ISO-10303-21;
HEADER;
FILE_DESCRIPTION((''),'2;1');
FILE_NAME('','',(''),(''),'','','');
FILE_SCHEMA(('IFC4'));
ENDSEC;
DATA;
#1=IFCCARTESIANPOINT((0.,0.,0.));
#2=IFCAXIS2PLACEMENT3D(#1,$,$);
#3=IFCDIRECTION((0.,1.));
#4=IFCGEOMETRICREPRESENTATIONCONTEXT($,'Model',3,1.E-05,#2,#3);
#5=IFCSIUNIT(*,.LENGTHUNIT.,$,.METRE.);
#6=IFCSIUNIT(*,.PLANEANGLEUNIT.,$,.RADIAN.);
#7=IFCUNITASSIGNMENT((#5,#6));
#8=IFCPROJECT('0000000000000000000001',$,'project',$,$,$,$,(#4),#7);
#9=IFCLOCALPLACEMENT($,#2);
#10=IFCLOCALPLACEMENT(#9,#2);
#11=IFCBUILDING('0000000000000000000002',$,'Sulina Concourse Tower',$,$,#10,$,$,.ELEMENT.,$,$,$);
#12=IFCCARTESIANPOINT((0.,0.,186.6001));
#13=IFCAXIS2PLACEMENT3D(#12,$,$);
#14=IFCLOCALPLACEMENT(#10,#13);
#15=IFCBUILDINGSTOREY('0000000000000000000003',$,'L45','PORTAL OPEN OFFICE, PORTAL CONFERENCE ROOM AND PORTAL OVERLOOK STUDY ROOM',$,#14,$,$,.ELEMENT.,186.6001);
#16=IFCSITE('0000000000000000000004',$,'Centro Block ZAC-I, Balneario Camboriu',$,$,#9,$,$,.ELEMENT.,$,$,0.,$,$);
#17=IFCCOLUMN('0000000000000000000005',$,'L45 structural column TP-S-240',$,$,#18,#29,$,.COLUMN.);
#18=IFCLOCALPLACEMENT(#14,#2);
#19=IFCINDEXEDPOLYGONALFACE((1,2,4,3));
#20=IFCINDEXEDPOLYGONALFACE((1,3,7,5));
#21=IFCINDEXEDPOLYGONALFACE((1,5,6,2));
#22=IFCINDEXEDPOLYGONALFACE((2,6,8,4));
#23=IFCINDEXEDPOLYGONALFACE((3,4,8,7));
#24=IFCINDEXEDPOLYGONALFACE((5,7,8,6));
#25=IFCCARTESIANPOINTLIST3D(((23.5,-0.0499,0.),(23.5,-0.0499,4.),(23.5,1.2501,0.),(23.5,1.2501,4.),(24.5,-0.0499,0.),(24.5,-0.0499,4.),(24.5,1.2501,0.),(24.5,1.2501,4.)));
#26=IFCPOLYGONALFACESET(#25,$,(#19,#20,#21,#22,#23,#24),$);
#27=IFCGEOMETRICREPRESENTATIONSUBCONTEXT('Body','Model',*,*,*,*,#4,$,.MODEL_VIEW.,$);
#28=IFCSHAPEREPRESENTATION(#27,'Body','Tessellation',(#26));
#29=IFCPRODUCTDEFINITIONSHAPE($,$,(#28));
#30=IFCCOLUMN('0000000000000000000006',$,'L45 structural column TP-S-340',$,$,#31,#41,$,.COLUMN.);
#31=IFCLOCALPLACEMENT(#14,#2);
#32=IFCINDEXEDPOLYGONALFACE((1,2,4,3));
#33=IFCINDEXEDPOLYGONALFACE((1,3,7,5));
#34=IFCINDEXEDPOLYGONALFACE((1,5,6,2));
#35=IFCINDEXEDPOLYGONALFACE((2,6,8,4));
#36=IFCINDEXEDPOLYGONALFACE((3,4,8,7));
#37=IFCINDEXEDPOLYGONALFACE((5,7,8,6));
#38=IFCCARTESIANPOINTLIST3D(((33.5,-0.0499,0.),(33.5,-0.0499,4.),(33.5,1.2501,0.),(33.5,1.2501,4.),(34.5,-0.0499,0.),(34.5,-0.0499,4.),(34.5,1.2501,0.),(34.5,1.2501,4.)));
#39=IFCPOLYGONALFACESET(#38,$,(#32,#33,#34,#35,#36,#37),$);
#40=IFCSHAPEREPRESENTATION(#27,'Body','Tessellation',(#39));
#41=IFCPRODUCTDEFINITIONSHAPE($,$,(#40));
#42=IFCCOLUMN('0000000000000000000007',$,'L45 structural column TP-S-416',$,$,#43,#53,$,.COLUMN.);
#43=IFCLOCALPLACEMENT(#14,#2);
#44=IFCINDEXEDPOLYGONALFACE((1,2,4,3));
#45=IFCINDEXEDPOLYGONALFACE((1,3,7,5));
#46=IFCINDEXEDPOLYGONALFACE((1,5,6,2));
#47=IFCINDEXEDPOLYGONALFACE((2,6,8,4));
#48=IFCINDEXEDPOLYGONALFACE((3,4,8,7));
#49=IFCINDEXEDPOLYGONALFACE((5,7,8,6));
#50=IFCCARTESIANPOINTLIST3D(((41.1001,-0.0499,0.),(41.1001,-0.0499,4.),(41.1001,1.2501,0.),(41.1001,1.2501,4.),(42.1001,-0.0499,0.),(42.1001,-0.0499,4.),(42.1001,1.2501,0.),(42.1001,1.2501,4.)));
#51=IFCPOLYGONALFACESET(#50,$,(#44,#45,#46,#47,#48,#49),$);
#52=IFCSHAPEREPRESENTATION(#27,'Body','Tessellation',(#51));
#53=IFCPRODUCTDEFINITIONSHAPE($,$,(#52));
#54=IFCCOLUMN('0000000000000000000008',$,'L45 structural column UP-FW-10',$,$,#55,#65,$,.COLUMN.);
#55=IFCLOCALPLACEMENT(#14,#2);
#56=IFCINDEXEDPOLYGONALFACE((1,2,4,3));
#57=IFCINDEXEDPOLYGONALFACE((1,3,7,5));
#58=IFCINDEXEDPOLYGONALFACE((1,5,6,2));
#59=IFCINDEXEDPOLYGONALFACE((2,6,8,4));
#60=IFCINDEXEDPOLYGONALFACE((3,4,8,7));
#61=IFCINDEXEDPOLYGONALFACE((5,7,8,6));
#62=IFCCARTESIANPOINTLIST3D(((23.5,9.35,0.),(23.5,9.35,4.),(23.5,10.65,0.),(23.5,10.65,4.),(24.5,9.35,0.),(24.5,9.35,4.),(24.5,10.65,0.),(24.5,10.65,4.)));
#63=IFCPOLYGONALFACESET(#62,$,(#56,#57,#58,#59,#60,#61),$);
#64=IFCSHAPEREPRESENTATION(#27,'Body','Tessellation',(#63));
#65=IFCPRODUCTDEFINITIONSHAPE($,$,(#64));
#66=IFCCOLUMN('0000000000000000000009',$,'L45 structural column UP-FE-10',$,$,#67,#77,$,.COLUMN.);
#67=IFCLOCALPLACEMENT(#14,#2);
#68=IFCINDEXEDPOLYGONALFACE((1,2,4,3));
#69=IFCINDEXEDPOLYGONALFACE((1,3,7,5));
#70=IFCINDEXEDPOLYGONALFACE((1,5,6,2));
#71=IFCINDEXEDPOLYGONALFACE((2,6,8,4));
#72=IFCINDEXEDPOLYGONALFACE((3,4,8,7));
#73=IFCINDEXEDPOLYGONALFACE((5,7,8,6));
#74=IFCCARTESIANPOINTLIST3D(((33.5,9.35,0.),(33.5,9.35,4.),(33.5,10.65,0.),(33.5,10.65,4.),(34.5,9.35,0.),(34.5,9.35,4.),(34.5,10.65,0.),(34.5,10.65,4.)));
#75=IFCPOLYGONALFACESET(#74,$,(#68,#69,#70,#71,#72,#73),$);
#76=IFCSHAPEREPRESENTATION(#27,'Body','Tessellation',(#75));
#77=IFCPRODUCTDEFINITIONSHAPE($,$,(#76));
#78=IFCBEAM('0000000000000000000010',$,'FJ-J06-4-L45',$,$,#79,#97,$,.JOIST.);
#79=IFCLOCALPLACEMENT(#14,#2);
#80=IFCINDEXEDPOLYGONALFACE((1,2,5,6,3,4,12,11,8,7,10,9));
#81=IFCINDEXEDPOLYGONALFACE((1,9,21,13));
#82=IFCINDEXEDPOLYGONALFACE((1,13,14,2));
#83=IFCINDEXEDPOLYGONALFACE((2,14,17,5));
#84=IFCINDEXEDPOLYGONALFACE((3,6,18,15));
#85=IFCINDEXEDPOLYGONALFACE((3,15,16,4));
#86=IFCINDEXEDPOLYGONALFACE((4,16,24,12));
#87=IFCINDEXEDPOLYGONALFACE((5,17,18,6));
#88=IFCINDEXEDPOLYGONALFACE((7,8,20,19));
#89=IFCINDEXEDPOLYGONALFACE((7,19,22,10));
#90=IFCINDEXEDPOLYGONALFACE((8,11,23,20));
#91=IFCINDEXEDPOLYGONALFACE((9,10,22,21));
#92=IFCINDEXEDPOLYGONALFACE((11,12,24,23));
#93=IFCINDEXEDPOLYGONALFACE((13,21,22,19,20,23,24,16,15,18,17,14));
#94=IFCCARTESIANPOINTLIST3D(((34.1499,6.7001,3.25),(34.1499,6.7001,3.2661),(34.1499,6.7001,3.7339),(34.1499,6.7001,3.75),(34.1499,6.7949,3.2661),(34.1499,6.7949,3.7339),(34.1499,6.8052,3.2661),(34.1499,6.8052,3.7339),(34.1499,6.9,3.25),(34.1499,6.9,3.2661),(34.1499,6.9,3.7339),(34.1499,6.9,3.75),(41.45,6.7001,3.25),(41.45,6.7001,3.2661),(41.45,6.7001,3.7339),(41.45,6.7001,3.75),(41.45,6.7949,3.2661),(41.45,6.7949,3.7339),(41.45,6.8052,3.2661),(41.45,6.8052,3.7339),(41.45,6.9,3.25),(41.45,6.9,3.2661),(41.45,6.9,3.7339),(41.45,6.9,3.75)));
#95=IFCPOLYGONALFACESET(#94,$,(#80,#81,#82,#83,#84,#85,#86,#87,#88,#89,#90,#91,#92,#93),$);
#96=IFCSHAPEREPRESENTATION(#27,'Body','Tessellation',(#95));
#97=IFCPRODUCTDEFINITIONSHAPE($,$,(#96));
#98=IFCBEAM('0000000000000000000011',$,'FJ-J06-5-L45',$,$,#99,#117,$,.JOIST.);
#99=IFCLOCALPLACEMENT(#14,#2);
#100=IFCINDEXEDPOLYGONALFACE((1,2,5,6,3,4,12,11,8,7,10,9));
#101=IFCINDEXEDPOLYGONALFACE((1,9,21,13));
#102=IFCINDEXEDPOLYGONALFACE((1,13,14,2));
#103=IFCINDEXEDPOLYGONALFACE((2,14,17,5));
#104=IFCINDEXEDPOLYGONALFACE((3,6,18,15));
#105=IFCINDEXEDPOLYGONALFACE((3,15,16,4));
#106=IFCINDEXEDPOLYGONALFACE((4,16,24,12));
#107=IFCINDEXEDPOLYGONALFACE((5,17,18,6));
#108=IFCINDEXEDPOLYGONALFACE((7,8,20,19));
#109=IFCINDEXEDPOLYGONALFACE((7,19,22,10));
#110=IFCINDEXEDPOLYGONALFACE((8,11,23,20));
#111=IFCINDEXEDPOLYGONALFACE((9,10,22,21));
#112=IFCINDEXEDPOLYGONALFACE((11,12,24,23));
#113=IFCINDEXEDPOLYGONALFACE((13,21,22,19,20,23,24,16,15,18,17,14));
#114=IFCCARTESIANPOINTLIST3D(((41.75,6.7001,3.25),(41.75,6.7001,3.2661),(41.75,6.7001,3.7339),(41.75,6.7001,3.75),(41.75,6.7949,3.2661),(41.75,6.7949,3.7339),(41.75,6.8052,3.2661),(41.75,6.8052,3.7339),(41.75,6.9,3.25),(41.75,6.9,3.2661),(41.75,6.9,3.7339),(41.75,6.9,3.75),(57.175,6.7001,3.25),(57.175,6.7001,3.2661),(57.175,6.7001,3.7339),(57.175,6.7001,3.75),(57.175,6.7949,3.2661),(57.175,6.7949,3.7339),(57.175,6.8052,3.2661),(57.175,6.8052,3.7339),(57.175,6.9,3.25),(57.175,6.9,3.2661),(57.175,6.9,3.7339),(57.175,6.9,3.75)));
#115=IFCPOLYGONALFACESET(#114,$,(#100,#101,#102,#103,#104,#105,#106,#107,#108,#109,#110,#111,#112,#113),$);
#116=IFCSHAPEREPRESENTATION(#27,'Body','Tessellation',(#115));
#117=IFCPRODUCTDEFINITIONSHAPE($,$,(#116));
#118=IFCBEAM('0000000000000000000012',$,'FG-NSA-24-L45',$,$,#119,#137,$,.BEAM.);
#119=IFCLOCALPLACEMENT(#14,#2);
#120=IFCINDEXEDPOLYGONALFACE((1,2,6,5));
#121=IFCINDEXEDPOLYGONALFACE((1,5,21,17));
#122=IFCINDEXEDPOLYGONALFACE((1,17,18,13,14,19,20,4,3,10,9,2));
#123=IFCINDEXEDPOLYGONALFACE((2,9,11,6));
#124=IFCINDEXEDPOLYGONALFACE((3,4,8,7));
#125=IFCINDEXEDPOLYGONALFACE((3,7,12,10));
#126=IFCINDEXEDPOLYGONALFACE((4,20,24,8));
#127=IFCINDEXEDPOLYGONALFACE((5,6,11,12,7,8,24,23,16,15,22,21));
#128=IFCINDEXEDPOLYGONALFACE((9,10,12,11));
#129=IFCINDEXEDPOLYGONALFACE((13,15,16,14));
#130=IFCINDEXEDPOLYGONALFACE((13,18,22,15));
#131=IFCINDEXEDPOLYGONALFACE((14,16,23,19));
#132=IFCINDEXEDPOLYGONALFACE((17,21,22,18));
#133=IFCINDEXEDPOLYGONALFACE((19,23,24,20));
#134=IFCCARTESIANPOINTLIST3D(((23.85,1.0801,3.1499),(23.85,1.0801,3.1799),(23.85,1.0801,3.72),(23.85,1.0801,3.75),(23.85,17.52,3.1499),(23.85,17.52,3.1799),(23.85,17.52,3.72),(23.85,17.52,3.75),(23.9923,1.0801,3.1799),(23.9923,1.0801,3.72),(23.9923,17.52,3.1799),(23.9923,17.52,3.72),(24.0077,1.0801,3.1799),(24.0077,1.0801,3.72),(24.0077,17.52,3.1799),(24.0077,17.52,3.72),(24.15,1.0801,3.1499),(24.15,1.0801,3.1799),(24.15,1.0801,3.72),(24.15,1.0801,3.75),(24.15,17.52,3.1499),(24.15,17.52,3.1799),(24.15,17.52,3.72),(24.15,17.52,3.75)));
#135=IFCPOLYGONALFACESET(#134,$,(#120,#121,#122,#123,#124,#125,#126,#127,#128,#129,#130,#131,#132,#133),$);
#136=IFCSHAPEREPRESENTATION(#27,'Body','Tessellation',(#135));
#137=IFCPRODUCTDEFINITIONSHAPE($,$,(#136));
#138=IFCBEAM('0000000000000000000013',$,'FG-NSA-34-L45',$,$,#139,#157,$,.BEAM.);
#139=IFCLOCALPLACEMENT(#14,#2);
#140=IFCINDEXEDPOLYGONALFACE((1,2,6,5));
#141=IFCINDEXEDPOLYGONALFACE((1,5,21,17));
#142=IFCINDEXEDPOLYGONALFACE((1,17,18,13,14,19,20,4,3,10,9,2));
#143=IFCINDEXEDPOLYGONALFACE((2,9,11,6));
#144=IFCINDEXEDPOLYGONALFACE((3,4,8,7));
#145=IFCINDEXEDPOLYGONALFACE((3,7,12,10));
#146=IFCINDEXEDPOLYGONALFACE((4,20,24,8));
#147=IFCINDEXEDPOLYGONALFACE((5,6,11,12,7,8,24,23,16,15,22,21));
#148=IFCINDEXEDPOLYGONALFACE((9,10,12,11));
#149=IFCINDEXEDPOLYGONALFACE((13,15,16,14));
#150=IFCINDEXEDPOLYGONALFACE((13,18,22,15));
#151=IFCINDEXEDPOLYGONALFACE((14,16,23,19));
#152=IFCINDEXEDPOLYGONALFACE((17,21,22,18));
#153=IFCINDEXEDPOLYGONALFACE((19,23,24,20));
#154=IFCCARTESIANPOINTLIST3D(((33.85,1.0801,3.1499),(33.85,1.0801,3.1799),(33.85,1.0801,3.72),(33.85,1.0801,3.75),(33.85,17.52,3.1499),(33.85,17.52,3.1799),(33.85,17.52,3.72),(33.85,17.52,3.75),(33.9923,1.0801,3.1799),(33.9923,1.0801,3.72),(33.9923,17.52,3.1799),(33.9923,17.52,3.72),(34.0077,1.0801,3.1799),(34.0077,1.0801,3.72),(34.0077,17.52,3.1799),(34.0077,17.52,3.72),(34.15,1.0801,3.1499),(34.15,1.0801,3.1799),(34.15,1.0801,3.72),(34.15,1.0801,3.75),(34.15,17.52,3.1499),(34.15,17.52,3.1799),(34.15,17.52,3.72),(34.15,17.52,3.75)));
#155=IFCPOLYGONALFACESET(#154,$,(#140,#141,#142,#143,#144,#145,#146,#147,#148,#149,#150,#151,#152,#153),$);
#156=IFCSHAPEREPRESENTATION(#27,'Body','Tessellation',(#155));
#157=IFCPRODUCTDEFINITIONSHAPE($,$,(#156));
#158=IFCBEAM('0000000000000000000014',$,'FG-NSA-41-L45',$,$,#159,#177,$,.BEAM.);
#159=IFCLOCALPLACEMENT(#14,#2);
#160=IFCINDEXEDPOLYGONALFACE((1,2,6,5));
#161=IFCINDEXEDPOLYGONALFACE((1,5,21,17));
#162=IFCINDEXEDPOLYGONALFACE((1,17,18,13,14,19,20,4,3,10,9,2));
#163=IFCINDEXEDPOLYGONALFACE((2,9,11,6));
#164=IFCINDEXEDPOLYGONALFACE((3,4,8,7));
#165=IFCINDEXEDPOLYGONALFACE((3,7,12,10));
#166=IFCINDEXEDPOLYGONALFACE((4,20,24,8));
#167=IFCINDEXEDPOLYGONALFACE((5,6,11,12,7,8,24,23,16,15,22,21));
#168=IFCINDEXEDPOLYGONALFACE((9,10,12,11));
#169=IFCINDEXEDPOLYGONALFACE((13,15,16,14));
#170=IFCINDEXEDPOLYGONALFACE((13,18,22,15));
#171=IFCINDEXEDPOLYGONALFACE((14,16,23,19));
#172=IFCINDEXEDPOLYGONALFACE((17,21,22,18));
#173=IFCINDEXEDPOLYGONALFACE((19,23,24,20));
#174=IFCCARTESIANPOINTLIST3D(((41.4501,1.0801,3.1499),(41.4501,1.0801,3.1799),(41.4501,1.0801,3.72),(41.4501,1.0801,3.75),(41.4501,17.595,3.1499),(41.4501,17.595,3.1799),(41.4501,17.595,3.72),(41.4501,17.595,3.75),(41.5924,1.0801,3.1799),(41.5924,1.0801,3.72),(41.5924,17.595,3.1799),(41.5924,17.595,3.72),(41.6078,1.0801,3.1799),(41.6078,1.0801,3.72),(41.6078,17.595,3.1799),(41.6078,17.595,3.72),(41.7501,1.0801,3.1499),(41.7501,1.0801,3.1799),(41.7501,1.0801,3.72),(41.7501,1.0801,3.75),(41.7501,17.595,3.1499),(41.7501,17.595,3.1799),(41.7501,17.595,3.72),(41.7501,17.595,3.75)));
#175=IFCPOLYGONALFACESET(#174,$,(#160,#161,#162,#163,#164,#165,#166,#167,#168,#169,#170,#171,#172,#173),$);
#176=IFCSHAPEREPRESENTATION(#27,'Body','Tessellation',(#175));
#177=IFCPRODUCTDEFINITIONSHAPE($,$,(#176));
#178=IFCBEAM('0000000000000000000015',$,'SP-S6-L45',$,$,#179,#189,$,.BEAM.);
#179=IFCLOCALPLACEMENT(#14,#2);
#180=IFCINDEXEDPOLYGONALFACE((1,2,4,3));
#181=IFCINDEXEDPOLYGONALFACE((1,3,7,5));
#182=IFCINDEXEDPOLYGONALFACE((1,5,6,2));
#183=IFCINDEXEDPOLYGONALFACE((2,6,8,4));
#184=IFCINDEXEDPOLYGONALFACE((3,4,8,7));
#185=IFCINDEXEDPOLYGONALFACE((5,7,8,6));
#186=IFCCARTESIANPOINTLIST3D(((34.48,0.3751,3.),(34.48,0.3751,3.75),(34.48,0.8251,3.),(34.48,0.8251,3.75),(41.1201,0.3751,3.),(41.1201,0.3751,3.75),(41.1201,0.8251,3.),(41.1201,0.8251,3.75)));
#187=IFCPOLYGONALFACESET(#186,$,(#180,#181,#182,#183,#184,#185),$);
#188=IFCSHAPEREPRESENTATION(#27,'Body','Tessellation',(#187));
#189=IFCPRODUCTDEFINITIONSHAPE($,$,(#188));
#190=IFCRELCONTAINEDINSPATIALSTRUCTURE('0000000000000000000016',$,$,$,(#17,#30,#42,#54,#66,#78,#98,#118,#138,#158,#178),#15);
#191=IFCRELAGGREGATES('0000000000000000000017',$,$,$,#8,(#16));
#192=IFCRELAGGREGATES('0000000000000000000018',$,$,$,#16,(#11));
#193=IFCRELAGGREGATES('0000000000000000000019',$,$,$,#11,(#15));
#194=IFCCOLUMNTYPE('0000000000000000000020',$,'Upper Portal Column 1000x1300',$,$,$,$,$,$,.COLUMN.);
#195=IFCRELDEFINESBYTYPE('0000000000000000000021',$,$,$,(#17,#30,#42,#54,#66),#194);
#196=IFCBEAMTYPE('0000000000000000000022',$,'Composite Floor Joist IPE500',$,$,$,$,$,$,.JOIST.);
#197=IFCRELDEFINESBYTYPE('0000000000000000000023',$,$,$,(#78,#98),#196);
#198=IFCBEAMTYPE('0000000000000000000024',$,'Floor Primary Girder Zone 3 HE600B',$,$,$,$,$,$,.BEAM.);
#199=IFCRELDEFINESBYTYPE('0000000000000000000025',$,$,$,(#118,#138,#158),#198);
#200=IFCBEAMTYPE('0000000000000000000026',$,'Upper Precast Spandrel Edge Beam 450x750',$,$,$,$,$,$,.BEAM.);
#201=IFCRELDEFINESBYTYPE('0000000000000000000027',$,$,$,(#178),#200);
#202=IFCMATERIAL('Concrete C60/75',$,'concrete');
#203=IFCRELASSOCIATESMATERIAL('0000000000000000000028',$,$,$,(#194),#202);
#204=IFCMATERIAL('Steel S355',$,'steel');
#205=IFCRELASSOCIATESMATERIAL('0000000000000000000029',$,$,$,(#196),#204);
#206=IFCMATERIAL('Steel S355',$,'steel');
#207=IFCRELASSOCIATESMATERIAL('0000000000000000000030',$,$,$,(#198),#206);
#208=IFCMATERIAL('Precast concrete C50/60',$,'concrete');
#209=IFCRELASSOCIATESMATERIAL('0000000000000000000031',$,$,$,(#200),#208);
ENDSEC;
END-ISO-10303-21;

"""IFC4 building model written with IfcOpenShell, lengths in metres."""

from ifc_helpers import new_model, si_unit, direction, frame, origin, origin_2d, place, context, subcontext, project, spatial, rectangle, i_section, extrude, material, material_profile, profile_set, type_object, element, save


model = new_model("IFC4")

# Units and contexts
model_context = context("Model", 3, precision=1e-05, world=origin(), true_north=direction((0.0, 1.0)))
body_context = subcontext(model_context, "Body", "Model", "MODEL_VIEW")
ifc_project = project(units=[si_unit("LENGTHUNIT", "METRE"), si_unit("PLANEANGLEUNIT", "RADIAN")], contexts=[model_context])

# Site, building, storey
site_placement = place(None, origin())
site = spatial("IfcSite", under=ifc_project, at=site_placement, Name="Centro Block ZAC-I, Balneario Camboriu", CompositionType="ELEMENT", RefElevation=0.0)
building_placement = place(site_placement, origin())
building = spatial("IfcBuilding", under=site, at=building_placement, Name="Sulina Concourse Tower", CompositionType="ELEMENT")
storey_placement = place(building_placement, frame((0.0, 0.0, 186.6001)))
storey = spatial("IfcBuildingStorey", under=building, at=storey_placement, Name="L45", Description="PORTAL OPEN OFFICE, PORTAL CONFERENCE ROOM AND PORTAL OVERLOOK STUDY ROOM", CompositionType="ELEMENT", Elevation=186.6001)

# Columns
ifc_material_1 = material(Name="Concrete C60/75", Category="concrete")
ifc_material_profile_1 = material_profile(ifc_material_1, rectangle(XDim=1.0, YDim=1.3, at=origin_2d()), Name="RC 1000x1300")
ifc_profile_set_1 = profile_set([ifc_material_profile_1], Name="Concrete C60/75")
column_type = type_object("IfcColumnType", Name="Upper Portal Column 1000x1300", PredefinedType="COLUMN", material=ifc_profile_set_1)
for number, where, z_axis, x_axis, name in (
    (1, (24.0, 0.6001, 0.0), (0.0, 0.0, 1.0), (1.0, 0.0, 0.0), "L45 structural column TP-S-240"),
    (2, (34.0, 0.6001, 0.0), (0.0, 0.0, 1.0), (1.0, 0.0, 0.0), "L45 structural column TP-S-340"),
    (3, (41.6001, 0.6001, 0.0), (0.0, 0.0, 1.0), (1.0, 0.0, 0.0), "L45 structural column TP-S-416"),
    (4, (24.0, 10.0, 0.0), (0.0, 0.0, 1.0), (1.0, 0.0, 0.0), "L45 structural column UP-FW-10"),
    (5, (34.0, 10.0, 0.0), (0.0, 0.0, 1.0), (1.0, 0.0, 0.0), "L45 structural column UP-FE-10"),
):
    element("IfcColumn", number, at=place(storey_placement, frame(where, z_axis=z_axis, x_axis=x_axis)), inside=storey, type_object=column_type, Name=name, PredefinedType="COLUMN", context=body_context, shape_type="SweptSolid", body=[
        extrude(rectangle(XDim=1.0, YDim=1.3, at=origin_2d()), origin(), (0.0, 0.0, 1.0), 4.0),
    ])

# Beams
ifc_material_2 = material(Name="Steel S355", Category="steel")
ifc_material_profile_2 = material_profile(ifc_material_2, i_section(OverallWidth=0.2, OverallDepth=0.5, WebThickness=0.0103, FlangeThickness=0.0161, at=origin_2d()), Name="IPE 500")
ifc_profile_set_2 = profile_set([ifc_material_profile_2], Name="Steel S355")
beam_type_1 = type_object("IfcBeamType", Name="Composite Floor Joist IPE500", PredefinedType="JOIST", material=ifc_profile_set_2)
beam_1_placement = place(storey_placement, frame((34.1499, 6.8, 3.5), z_axis=(1.0, 0.0, 0.0), x_axis=(0.0, 1.0, 0.0)))
element("IfcBeam", 6, at=beam_1_placement, inside=storey, type_object=beam_type_1, Name="FJ-J06-4-L45", PredefinedType="JOIST", context=body_context, shape_type="SweptSolid", body=[
    extrude(i_section(OverallWidth=0.2, OverallDepth=0.5, WebThickness=0.0103, FlangeThickness=0.0161, at=origin_2d()), origin(), (0.0, 0.0, 1.0), 7.3),
])
beam_2_placement = place(storey_placement, frame((41.75, 6.8, 3.5), z_axis=(1.0, 0.0, 0.0), x_axis=(0.0, 1.0, 0.0)))
element("IfcBeam", 7, at=beam_2_placement, inside=storey, type_object=beam_type_1, Name="FJ-J06-5-L45", PredefinedType="JOIST", context=body_context, shape_type="SweptSolid", body=[
    extrude(i_section(OverallWidth=0.2, OverallDepth=0.5, WebThickness=0.0103, FlangeThickness=0.0161, at=origin_2d()), origin(), (0.0, 0.0, 1.0), 15.425),
])
ifc_material_3 = material(Name="Steel S355", Category="steel")
ifc_material_profile_3 = material_profile(ifc_material_3, i_section(OverallWidth=0.3, OverallDepth=0.6001, WebThickness=0.0154, FlangeThickness=0.03, at=origin_2d()), Name="HE 600 B")
ifc_profile_set_3 = profile_set([ifc_material_profile_3], Name="Steel S355")
beam_type_2 = type_object("IfcBeamType", Name="Floor Primary Girder Zone 3 HE600B", PredefinedType="BEAM", material=ifc_profile_set_3)
for number, where, z_axis, x_axis, name in (
    (8, (24.0, 1.0801, 3.45), (0.0, 1.0, 0.0), (-1.0, 0.0, 0.0), "FG-NSA-24-L45"),
    (9, (34.0, 1.0801, 3.45), (0.0, 1.0, 0.0), (-1.0, 0.0, 0.0), "FG-NSA-34-L45"),
):
    element("IfcBeam", number, at=place(storey_placement, frame(where, z_axis=z_axis, x_axis=x_axis)), inside=storey, type_object=beam_type_2, Name=name, PredefinedType="BEAM", context=body_context, shape_type="SweptSolid", body=[
        extrude(i_section(OverallWidth=0.3, OverallDepth=0.6001, WebThickness=0.0154, FlangeThickness=0.03, at=origin_2d()), origin(), (0.0, 0.0, 1.0), 16.4399),
    ])
beam_3_placement = place(storey_placement, frame((41.6001, 1.0801, 3.45), z_axis=(0.0, 1.0, 0.0), x_axis=(-1.0, 0.0, 0.0)))
element("IfcBeam", 10, at=beam_3_placement, inside=storey, type_object=beam_type_2, Name="FG-NSA-41-L45", PredefinedType="BEAM", context=body_context, shape_type="SweptSolid", body=[
    extrude(i_section(OverallWidth=0.3, OverallDepth=0.6001, WebThickness=0.0154, FlangeThickness=0.03, at=origin_2d()), origin(), (0.0, 0.0, 1.0), 16.5149),
])
ifc_material_4 = material(Name="Precast concrete C50/60", Category="concrete")
ifc_material_profile_4 = material_profile(ifc_material_4, rectangle(XDim=0.45, YDim=0.75, at=origin_2d()), Name="RC 450x750")
ifc_profile_set_4 = profile_set([ifc_material_profile_4], Name="Precast concrete C50/60")
beam_type_3 = type_object("IfcBeamType", Name="Upper Precast Spandrel Edge Beam 450x750", PredefinedType="BEAM", material=ifc_profile_set_4)
beam_4_placement = place(storey_placement, frame((34.48, 0.6001, 3.375), z_axis=(1.0, 0.0, 0.0), x_axis=(0.0, 1.0, 0.0)))
element("IfcBeam", 11, at=beam_4_placement, inside=storey, type_object=beam_type_3, Name="SP-S6-L45", PredefinedType="BEAM", context=body_context, shape_type="SweptSolid", body=[
    extrude(rectangle(XDim=0.45, YDim=0.75, at=origin_2d()), origin(), (0.0, 0.0, 1.0), 6.6401),
])

save(model, "model.ifc")
